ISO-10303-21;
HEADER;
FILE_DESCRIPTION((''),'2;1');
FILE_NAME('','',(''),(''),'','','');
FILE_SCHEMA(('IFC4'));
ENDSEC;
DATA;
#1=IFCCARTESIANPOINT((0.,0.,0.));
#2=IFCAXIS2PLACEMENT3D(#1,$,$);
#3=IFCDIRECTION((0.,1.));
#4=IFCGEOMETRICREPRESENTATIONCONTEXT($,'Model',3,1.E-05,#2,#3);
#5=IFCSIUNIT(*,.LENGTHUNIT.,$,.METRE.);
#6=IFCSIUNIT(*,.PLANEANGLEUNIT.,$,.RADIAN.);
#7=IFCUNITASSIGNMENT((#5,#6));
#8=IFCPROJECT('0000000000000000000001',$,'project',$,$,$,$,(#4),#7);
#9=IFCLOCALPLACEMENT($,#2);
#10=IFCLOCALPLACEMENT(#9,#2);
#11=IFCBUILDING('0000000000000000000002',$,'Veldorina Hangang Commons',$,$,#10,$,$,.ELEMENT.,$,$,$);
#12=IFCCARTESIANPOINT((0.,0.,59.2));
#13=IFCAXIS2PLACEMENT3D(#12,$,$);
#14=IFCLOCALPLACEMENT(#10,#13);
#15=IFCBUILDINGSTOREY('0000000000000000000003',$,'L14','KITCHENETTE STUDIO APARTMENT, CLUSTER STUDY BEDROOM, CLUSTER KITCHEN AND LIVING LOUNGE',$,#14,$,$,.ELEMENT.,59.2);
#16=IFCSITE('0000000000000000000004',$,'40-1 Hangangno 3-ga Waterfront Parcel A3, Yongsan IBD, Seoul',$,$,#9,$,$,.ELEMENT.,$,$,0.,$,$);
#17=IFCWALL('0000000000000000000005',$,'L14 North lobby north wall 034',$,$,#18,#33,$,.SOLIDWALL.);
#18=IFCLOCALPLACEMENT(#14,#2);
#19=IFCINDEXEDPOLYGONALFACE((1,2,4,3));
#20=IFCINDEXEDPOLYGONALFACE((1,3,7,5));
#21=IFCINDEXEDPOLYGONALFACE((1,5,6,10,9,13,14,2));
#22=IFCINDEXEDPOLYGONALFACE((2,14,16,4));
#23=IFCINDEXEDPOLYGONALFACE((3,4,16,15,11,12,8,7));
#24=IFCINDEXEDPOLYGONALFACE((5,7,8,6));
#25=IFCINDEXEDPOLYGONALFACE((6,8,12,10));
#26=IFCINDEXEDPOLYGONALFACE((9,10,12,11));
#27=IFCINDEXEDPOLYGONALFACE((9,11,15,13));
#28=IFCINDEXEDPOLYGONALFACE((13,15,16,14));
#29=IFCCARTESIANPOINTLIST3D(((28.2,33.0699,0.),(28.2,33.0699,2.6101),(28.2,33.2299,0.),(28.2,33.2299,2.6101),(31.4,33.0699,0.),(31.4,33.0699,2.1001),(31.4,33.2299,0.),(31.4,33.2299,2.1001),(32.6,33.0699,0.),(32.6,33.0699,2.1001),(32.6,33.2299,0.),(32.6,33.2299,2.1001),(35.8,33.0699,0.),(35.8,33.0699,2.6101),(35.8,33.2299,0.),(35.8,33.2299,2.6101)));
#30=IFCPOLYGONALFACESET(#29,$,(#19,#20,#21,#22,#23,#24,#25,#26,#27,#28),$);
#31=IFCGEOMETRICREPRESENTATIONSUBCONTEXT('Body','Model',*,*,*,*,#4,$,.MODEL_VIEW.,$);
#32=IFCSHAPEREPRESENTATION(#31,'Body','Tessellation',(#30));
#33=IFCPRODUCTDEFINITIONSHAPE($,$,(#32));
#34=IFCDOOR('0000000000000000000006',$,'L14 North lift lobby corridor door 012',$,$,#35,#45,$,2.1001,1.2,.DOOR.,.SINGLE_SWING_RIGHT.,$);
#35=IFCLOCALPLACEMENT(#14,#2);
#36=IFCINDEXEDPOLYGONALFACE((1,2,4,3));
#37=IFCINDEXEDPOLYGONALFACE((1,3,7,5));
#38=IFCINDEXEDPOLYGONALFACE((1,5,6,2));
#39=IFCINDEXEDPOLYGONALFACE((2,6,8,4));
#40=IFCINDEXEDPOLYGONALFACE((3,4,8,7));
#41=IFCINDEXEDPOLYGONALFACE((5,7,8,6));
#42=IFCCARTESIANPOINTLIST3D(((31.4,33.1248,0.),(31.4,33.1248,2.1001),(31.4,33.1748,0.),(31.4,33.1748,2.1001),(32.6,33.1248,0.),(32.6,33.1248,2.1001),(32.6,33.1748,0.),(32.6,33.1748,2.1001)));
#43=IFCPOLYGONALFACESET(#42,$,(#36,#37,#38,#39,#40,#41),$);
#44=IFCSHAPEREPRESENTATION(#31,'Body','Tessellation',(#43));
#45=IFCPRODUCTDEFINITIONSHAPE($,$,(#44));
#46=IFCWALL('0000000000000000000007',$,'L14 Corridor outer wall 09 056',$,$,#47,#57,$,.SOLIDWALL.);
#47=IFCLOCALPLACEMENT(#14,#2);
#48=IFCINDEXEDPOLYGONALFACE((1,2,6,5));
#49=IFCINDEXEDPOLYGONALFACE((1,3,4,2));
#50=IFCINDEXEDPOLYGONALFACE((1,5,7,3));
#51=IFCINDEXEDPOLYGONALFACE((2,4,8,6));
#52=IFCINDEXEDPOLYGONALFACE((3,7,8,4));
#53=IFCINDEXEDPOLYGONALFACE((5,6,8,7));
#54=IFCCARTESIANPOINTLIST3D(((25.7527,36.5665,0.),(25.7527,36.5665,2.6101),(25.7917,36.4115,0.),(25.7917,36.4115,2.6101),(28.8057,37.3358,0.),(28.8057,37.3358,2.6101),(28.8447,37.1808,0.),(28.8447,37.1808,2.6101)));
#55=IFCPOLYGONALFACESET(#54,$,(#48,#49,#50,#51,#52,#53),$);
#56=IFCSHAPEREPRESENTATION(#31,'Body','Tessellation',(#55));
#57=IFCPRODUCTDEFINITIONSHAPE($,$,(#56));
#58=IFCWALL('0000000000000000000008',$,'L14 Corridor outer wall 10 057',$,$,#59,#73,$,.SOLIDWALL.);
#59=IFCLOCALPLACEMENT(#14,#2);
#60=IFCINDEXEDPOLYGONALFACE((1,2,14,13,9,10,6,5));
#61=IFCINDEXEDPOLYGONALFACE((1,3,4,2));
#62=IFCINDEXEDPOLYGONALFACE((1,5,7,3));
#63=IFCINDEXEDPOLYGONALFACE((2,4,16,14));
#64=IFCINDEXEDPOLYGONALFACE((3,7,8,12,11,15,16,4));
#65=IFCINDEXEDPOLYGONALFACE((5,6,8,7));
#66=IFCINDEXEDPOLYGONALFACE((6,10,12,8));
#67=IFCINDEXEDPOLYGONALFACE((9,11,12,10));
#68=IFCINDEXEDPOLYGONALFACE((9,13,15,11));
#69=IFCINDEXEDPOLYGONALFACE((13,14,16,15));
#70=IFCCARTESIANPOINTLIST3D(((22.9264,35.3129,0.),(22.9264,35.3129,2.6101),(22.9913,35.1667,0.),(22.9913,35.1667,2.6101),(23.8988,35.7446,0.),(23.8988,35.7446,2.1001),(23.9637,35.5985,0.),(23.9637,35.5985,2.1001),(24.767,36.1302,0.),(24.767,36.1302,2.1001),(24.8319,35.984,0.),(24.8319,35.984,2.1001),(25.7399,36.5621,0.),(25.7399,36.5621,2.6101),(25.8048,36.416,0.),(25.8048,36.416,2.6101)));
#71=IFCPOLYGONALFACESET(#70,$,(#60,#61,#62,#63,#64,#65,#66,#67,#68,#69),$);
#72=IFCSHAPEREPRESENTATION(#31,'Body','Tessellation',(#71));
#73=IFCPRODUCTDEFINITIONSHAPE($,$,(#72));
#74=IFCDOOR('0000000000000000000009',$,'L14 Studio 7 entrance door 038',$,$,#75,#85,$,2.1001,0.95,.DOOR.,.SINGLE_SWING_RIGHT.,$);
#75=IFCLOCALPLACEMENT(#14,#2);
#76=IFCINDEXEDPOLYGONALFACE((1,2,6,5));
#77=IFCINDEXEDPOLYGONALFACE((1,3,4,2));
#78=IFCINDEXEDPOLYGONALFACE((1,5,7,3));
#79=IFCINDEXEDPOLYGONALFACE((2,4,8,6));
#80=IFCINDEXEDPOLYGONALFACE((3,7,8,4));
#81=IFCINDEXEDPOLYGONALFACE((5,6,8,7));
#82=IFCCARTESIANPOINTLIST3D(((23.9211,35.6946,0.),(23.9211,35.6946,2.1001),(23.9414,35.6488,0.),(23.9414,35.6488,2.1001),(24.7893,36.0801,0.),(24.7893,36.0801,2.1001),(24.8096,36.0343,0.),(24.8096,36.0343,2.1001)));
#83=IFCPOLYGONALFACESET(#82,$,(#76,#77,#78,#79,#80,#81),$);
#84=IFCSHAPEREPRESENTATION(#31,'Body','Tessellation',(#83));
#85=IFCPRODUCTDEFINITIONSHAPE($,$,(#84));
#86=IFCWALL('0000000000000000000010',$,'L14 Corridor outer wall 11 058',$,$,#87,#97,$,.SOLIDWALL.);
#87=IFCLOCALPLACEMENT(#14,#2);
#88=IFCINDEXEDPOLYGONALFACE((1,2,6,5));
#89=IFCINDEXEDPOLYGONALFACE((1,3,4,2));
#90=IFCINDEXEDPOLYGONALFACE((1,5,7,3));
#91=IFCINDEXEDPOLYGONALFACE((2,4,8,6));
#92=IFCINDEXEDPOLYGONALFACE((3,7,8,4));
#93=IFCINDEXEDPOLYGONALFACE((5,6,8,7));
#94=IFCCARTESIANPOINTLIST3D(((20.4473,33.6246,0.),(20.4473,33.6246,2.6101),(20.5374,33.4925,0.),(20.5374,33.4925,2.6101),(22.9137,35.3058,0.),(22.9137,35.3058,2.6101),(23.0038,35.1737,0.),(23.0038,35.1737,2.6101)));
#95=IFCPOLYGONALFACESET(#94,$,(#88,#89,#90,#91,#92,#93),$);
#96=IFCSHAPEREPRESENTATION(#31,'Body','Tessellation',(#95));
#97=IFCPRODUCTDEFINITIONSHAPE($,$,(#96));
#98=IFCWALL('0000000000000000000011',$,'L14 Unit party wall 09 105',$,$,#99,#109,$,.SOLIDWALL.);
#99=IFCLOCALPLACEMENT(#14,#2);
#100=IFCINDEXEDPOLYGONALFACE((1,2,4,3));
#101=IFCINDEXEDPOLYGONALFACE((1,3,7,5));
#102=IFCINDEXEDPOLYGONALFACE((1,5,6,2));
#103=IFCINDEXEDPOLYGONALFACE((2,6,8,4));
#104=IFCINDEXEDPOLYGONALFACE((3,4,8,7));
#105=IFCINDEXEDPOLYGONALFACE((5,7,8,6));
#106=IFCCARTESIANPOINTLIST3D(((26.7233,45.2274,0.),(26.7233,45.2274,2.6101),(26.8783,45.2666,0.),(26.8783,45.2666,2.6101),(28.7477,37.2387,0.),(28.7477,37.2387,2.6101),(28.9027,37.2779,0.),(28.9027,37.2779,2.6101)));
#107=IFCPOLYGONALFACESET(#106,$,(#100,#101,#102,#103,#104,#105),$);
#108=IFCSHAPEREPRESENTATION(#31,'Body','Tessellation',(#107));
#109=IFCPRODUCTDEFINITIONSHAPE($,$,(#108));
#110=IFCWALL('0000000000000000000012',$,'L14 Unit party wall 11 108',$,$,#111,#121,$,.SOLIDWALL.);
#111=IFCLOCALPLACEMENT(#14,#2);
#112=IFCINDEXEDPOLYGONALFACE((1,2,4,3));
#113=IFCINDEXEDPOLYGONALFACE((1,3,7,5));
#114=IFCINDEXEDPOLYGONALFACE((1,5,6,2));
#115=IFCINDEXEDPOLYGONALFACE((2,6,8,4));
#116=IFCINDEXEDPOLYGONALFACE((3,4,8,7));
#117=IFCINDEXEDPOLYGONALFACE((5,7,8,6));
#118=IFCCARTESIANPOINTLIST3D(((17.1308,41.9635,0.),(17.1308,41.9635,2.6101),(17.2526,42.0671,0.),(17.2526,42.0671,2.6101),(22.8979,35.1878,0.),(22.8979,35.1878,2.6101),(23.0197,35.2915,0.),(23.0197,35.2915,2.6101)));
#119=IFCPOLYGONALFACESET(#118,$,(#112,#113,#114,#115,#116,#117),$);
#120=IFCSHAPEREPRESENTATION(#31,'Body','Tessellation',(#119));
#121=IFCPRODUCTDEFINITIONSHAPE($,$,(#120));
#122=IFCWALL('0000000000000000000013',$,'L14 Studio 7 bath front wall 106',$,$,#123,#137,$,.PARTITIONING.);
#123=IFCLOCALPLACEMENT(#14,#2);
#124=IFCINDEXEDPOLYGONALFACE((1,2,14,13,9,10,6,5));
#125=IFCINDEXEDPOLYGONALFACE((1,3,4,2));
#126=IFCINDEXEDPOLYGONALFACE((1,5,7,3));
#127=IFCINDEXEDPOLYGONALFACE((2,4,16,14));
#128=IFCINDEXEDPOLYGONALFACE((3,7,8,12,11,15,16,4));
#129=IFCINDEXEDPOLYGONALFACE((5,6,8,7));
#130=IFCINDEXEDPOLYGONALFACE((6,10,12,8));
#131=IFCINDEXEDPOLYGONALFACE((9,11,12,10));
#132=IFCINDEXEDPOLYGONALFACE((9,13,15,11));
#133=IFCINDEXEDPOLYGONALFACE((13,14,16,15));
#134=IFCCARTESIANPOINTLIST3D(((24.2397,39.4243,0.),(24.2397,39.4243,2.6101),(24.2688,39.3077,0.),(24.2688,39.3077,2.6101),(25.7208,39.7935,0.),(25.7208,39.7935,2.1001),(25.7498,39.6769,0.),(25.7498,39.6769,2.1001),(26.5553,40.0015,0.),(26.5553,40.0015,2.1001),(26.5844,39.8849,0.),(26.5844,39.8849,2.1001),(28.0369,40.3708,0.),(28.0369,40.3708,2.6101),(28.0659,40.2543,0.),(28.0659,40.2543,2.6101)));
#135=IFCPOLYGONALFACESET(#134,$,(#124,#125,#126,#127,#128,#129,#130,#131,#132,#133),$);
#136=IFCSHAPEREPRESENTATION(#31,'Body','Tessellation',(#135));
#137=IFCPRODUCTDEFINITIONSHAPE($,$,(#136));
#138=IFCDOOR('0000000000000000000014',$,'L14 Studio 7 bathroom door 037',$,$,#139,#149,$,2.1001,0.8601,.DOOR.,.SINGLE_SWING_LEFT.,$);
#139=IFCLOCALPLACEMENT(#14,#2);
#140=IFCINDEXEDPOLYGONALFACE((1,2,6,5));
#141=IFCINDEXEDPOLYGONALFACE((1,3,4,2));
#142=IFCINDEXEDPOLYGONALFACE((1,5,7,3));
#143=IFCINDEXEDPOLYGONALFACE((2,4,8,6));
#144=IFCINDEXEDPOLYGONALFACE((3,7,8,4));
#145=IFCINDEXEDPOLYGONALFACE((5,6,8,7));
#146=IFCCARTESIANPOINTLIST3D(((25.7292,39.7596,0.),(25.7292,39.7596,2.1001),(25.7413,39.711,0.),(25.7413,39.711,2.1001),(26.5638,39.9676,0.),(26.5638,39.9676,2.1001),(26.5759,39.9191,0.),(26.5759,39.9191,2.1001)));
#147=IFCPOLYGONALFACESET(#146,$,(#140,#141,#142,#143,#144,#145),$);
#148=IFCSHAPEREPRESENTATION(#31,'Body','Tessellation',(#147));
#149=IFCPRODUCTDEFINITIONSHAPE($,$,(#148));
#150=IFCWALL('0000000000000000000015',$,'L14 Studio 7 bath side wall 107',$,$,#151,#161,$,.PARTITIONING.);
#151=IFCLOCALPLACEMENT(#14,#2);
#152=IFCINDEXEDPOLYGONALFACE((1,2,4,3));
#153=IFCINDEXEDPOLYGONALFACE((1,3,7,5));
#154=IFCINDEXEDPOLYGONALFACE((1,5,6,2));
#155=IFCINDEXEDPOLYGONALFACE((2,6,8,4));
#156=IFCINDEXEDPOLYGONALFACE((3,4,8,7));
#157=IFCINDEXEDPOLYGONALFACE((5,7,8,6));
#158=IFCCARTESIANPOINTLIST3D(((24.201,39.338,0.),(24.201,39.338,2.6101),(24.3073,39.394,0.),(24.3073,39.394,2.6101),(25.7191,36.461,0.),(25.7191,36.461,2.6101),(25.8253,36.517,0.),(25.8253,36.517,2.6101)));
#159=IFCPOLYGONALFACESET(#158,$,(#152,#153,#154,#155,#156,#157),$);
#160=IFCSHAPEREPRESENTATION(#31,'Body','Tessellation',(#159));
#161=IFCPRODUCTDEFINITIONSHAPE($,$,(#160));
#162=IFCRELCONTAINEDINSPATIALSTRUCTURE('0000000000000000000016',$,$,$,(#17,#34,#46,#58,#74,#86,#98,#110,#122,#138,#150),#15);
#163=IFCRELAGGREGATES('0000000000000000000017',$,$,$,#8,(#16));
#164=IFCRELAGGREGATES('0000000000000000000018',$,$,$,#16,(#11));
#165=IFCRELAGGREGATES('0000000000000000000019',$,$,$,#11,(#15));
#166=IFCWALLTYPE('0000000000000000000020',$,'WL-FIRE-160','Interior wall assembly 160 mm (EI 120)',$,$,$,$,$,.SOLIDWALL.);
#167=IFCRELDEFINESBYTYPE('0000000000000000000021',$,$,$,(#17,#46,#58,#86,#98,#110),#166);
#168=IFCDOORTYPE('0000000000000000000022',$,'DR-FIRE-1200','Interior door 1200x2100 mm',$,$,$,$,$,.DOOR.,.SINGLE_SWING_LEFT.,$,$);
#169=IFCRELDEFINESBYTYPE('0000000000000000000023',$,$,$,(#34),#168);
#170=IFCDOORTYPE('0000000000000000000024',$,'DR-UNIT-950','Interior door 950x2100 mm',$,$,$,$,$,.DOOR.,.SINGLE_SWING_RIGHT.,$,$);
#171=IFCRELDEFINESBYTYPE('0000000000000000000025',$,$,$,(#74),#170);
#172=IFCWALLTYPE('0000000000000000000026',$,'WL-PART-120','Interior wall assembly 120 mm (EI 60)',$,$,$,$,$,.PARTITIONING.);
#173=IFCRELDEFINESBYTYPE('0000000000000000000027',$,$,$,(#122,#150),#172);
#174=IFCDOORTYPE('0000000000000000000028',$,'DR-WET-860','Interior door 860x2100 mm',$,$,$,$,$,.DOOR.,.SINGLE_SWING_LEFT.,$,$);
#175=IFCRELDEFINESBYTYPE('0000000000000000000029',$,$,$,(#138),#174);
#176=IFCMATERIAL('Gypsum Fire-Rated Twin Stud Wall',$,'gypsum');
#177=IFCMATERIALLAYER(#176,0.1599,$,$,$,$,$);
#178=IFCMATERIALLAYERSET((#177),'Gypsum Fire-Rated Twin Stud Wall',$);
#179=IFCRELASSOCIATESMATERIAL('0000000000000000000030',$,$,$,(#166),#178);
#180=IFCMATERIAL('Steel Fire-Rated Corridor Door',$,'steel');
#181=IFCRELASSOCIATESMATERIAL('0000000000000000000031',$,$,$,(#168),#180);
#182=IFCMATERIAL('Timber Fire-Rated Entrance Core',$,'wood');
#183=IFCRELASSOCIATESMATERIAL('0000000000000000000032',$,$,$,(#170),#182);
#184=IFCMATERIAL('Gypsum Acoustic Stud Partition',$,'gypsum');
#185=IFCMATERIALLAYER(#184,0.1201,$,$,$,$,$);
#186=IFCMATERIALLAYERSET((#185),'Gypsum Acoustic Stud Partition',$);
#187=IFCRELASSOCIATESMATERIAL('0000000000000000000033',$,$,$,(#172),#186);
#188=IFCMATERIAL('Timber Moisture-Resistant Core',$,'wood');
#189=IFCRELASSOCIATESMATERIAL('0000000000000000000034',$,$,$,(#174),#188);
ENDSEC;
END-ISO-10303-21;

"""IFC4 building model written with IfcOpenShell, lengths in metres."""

from ifc_helpers import new_model, si_unit, direction, frame, frame_2d, origin, place, context, subcontext, project, spatial, rectangle, extrude, material, layer, layer_set, type_object, element, fill, save


model = new_model("IFC4")

# Units and contexts
model_context = context("Model", 3, precision=1e-05, world=origin(), true_north=direction((0.0, 1.0)))
body_context = subcontext(model_context, "Body", "Model", "MODEL_VIEW")
ifc_project = project(units=[si_unit("LENGTHUNIT", "METRE"), si_unit("PLANEANGLEUNIT", "RADIAN")], contexts=[model_context])

# Site, building, storey
site_placement = place(None, origin())
site = spatial("IfcSite", under=ifc_project, at=site_placement, Name="40-1 Hangangno 3-ga Waterfront Parcel A3, Yongsan IBD, Seoul", CompositionType="ELEMENT", RefElevation=0.0)
building_placement = place(site_placement, origin())
building = spatial("IfcBuilding", under=site, at=building_placement, Name="Veldorina Hangang Commons", CompositionType="ELEMENT")
storey_placement = place(building_placement, frame((0.0, 0.0, 59.2)))
storey = spatial("IfcBuildingStorey", under=building, at=storey_placement, Name="L14", Description="KITCHENETTE STUDIO APARTMENT, CLUSTER STUDY BEDROOM, CLUSTER KITCHEN AND LIVING LOUNGE", CompositionType="ELEMENT", Elevation=59.2)

# Wall, opening, door
ifc_material_1 = material(Name="Gypsum Fire-Rated Twin Stud Wall", Category="gypsum")
ifc_layer_1 = layer(ifc_material_1, 0.1599)
ifc_layer_set_1 = layer_set([ifc_layer_1], Name="Gypsum Fire-Rated Twin Stud Wall")
wall_type_1 = type_object("IfcWallType", Name="WL-FIRE-160", Description="Interior wall assembly 160 mm (EI 120)", PredefinedType="SOLIDWALL", material=ifc_layer_set_1)
wall_1_placement = place(storey_placement, frame((28.2, 33.1499, 0.0), z_axis=(0.0, 0.0, 1.0), x_axis=(1.0, 0.0, 0.0)))
wall_1 = element("IfcWall", 1, at=wall_1_placement, inside=storey, type_object=wall_type_1, Name="L14 North lobby north wall 034", PredefinedType="SOLIDWALL", context=body_context, shape_type="SweptSolid", body=[
    extrude(rectangle(XDim=7.6001, YDim=0.1599, at=frame_2d((3.8, 0.0))), origin(), (0.0, 0.0, 1.0), 2.6101),
])
opening_1_placement = place(wall_1_placement, frame((3.2, 0.0, 0.0)))
opening_1 = element("IfcOpeningElement", 2, at=opening_1_placement, cuts=wall_1, PredefinedType="OPENING", context=body_context, shape_type="SweptSolid", body=[
    extrude(rectangle(XDim=1.2, YDim=2.1001, at=frame_2d((0.6001, 1.05))), frame((0.0, 0.0898, 0.0), z_axis=(0.0, -1.0, 0.0), x_axis=(1.0, 0.0, 0.0)), (0.0, 0.0, 1.0), 0.1799),
])
ifc_material_2 = material(Name="Steel Fire-Rated Corridor Door", Category="steel")
door_type_1 = type_object("IfcDoorType", Name="DR-FIRE-1200", Description="Interior door 1200x2100 mm", OperationType="SINGLE_SWING_LEFT", PredefinedType="DOOR", material=ifc_material_2)
door_1_placement = place(opening_1_placement, origin())
door_1 = element("IfcDoor", 3, at=door_1_placement, inside=storey, type_object=door_type_1, Name="L14 North lift lobby corridor door 012", OperationType="SINGLE_SWING_RIGHT", OverallHeight=2.1001, OverallWidth=1.2, PredefinedType="DOOR", context=body_context, shape_type="SweptSolid", body=[
    extrude(rectangle(XDim=1.2, YDim=2.1001, at=frame_2d((0.6001, 1.05))), frame((0.0, 0.0249, 0.0), z_axis=(0.0, -1.0, 0.0), x_axis=(1.0, 0.0, 0.0)), (0.0, 0.0, 1.0), 0.05),
])
fill(opening_1, door_1)

# Wall
wall_2_placement = place(storey_placement, frame((28.8252, 37.2583, 0.0), z_axis=(0.0, 0.0, 1.0), x_axis=(-0.969689, -0.244342, 0.0)))
element("IfcWall", 4, at=wall_2_placement, inside=storey, type_object=wall_type_1, Name="L14 Corridor outer wall 09 056", PredefinedType="SOLIDWALL", context=body_context, shape_type="SweptSolid", body=[
    extrude(rectangle(XDim=3.1484, YDim=0.1599, at=frame_2d((1.5742, 0.0))), origin(), (0.0, 0.0, 1.0), 2.6101),
])

# Wall, opening, door
wall_3_placement = place(storey_placement, frame((25.7722, 36.489, 0.0), z_axis=(0.0, 0.0, 1.0), x_axis=(-0.913952, -0.405822, 0.0)))
wall_3 = element("IfcWall", 5, at=wall_3_placement, inside=storey, type_object=wall_type_1, Name="L14 Corridor outer wall 10 057", PredefinedType="SOLIDWALL", context=body_context, shape_type="SweptSolid", body=[
    extrude(rectangle(XDim=3.0784, YDim=0.1599, at=frame_2d((1.5391, 0.0))), origin(), (0.0, 0.0, 1.0), 2.6101),
])
opening_2_placement = place(wall_3_placement, frame((1.0642, 0.0, 0.0)))
opening_2 = element("IfcOpeningElement", 6, at=opening_2_placement, cuts=wall_3, PredefinedType="OPENING", context=body_context, shape_type="SweptSolid", body=[
    extrude(rectangle(XDim=0.95, YDim=2.1001, at=frame_2d((0.4751, 1.05))), frame((0.0, 0.0898, 0.0), z_axis=(0.0, -1.0, 0.0), x_axis=(1.0, 0.0, 0.0)), (0.0, 0.0, 1.0), 0.1799),
])
ifc_material_3 = material(Name="Timber Fire-Rated Entrance Core", Category="wood")
door_type_2 = type_object("IfcDoorType", Name="DR-UNIT-950", Description="Interior door 950x2100 mm", OperationType="SINGLE_SWING_RIGHT", PredefinedType="DOOR", material=ifc_material_3)
door_2_placement = place(opening_2_placement, origin())
door_2 = element("IfcDoor", 7, at=door_2_placement, inside=storey, type_object=door_type_2, Name="L14 Studio 7 entrance door 038", OperationType="SINGLE_SWING_RIGHT", OverallHeight=2.1001, OverallWidth=0.95, PredefinedType="DOOR", context=body_context, shape_type="SweptSolid", body=[
    extrude(rectangle(XDim=0.95, YDim=2.1001, at=frame_2d((0.4751, 1.05))), frame((0.0, 0.0249, 0.0), z_axis=(0.0, -1.0, 0.0), x_axis=(1.0, 0.0, 0.0)), (0.0, 0.0, 1.0), 0.05),
])
fill(opening_2, door_2)

# Walls
wall_4_placement = place(storey_placement, frame((22.9587, 35.2397, 0.0), z_axis=(0.0, 0.0, 1.0), x_axis=(-0.826293, -0.56324, 0.0)))
element("IfcWall", 8, at=wall_4_placement, inside=storey, type_object=wall_type_1, Name="L14 Corridor outer wall 11 058", PredefinedType="SOLIDWALL", context=body_context, shape_type="SweptSolid", body=[
    extrude(rectangle(XDim=2.9849, YDim=0.1599, at=frame_2d((1.4924, 0.0))), origin(), (0.0, 0.0, 1.0), 2.6101),
])
wall_5_placement = place(storey_placement, frame((28.8252, 37.2583, 0.0), z_axis=(0.0, 0.0, 1.0), x_axis=(-0.245643, 0.96936, 0.0)))
element("IfcWall", 9, at=wall_5_placement, inside=storey, type_object=wall_type_1, Name="L14 Unit party wall 09 105", PredefinedType="SOLIDWALL", context=body_context, shape_type="SweptSolid", body=[
    extrude(rectangle(XDim=8.2412, YDim=0.1599, at=frame_2d((4.1206, 0.0))), origin(), (0.0, 0.0, 1.0), 2.6101),
])
wall_6_placement = place(storey_placement, frame((22.9587, 35.2397, 0.0), z_axis=(0.0, 0.0, 1.0), x_axis=(-0.648157, 0.761507, 0.0)))
element("IfcWall", 10, at=wall_6_placement, inside=storey, type_object=wall_type_1, Name="L14 Unit party wall 11 108", PredefinedType="SOLIDWALL", context=body_context, shape_type="SweptSolid", body=[
    extrude(rectangle(XDim=8.8977, YDim=0.1599, at=frame_2d((4.4487, 0.0))), origin(), (0.0, 0.0, 1.0), 2.6101),
])

# Wall, opening, door
ifc_material_4 = material(Name="Gypsum Acoustic Stud Partition", Category="gypsum")
ifc_layer_2 = layer(ifc_material_4, 0.1201)
ifc_layer_set_2 = layer_set([ifc_layer_2], Name="Gypsum Acoustic Stud Partition")
wall_type_2 = type_object("IfcWallType", Name="WL-PART-120", Description="Interior wall assembly 120 mm (EI 60)", PredefinedType="PARTITIONING", material=ifc_layer_set_2)
wall_7_placement = place(storey_placement, frame((28.0513, 40.3125, 0.0), z_axis=(0.0, 0.0, 1.0), x_axis=(-0.970307, -0.241875, 0.0)))
wall_7 = element("IfcWall", 11, at=wall_7_placement, inside=storey, type_object=wall_type_2, Name="L14 Studio 7 bath front wall 106", PredefinedType="PARTITIONING", context=body_context, shape_type="SweptSolid", body=[
    extrude(rectangle(XDim=3.9133, YDim=0.1201, at=frame_2d((1.9565, 0.0))), origin(), (0.0, 0.0, 1.0), 2.6101),
])
opening_3_placement = place(wall_7_placement, frame((1.5266, 0.0, 0.0)))
opening_3 = element("IfcOpeningElement", 12, at=opening_3_placement, cuts=wall_7, PredefinedType="OPENING", context=body_context, shape_type="SweptSolid", body=[
    extrude(rectangle(XDim=0.8601, YDim=2.1001, at=frame_2d((0.4302, 1.05))), frame((0.0, 0.0701, 0.0), z_axis=(0.0, -1.0, 0.0), x_axis=(1.0, 0.0, 0.0)), (0.0, 0.0, 1.0), 0.1401),
])
ifc_material_5 = material(Name="Timber Moisture-Resistant Core", Category="wood")
door_type_3 = type_object("IfcDoorType", Name="DR-WET-860", Description="Interior door 860x2100 mm", OperationType="SINGLE_SWING_LEFT", PredefinedType="DOOR", material=ifc_material_5)
door_3_placement = place(opening_3_placement, origin())
door_3 = element("IfcDoor", 13, at=door_3_placement, inside=storey, type_object=door_type_3, Name="L14 Studio 7 bathroom door 037", OperationType="SINGLE_SWING_LEFT", OverallHeight=2.1001, OverallWidth=0.8601, PredefinedType="DOOR", context=body_context, shape_type="SweptSolid", body=[
    extrude(rectangle(XDim=0.8601, YDim=2.1001, at=frame_2d((0.4302, 1.05))), frame((0.0, 0.0249, 0.0), z_axis=(0.0, -1.0, 0.0), x_axis=(1.0, 0.0, 0.0)), (0.0, 0.0, 1.0), 0.05),
])
fill(opening_3, door_3)

# Wall
wall_8_placement = place(storey_placement, frame((25.7722, 36.489, 0.0), z_axis=(0.0, 0.0, 1.0), x_axis=(-0.46668, 0.884426, 0.0)))
element("IfcWall", 14, at=wall_8_placement, inside=storey, type_object=wall_type_2, Name="L14 Studio 7 bath side wall 107", PredefinedType="PARTITIONING", context=body_context, shape_type="SweptSolid", body=[
    extrude(rectangle(XDim=3.2529, YDim=0.1201, at=frame_2d((1.6265, 0.0))), origin(), (0.0, 0.0, 1.0), 2.6101),
])

save(model, "model.ifc")
